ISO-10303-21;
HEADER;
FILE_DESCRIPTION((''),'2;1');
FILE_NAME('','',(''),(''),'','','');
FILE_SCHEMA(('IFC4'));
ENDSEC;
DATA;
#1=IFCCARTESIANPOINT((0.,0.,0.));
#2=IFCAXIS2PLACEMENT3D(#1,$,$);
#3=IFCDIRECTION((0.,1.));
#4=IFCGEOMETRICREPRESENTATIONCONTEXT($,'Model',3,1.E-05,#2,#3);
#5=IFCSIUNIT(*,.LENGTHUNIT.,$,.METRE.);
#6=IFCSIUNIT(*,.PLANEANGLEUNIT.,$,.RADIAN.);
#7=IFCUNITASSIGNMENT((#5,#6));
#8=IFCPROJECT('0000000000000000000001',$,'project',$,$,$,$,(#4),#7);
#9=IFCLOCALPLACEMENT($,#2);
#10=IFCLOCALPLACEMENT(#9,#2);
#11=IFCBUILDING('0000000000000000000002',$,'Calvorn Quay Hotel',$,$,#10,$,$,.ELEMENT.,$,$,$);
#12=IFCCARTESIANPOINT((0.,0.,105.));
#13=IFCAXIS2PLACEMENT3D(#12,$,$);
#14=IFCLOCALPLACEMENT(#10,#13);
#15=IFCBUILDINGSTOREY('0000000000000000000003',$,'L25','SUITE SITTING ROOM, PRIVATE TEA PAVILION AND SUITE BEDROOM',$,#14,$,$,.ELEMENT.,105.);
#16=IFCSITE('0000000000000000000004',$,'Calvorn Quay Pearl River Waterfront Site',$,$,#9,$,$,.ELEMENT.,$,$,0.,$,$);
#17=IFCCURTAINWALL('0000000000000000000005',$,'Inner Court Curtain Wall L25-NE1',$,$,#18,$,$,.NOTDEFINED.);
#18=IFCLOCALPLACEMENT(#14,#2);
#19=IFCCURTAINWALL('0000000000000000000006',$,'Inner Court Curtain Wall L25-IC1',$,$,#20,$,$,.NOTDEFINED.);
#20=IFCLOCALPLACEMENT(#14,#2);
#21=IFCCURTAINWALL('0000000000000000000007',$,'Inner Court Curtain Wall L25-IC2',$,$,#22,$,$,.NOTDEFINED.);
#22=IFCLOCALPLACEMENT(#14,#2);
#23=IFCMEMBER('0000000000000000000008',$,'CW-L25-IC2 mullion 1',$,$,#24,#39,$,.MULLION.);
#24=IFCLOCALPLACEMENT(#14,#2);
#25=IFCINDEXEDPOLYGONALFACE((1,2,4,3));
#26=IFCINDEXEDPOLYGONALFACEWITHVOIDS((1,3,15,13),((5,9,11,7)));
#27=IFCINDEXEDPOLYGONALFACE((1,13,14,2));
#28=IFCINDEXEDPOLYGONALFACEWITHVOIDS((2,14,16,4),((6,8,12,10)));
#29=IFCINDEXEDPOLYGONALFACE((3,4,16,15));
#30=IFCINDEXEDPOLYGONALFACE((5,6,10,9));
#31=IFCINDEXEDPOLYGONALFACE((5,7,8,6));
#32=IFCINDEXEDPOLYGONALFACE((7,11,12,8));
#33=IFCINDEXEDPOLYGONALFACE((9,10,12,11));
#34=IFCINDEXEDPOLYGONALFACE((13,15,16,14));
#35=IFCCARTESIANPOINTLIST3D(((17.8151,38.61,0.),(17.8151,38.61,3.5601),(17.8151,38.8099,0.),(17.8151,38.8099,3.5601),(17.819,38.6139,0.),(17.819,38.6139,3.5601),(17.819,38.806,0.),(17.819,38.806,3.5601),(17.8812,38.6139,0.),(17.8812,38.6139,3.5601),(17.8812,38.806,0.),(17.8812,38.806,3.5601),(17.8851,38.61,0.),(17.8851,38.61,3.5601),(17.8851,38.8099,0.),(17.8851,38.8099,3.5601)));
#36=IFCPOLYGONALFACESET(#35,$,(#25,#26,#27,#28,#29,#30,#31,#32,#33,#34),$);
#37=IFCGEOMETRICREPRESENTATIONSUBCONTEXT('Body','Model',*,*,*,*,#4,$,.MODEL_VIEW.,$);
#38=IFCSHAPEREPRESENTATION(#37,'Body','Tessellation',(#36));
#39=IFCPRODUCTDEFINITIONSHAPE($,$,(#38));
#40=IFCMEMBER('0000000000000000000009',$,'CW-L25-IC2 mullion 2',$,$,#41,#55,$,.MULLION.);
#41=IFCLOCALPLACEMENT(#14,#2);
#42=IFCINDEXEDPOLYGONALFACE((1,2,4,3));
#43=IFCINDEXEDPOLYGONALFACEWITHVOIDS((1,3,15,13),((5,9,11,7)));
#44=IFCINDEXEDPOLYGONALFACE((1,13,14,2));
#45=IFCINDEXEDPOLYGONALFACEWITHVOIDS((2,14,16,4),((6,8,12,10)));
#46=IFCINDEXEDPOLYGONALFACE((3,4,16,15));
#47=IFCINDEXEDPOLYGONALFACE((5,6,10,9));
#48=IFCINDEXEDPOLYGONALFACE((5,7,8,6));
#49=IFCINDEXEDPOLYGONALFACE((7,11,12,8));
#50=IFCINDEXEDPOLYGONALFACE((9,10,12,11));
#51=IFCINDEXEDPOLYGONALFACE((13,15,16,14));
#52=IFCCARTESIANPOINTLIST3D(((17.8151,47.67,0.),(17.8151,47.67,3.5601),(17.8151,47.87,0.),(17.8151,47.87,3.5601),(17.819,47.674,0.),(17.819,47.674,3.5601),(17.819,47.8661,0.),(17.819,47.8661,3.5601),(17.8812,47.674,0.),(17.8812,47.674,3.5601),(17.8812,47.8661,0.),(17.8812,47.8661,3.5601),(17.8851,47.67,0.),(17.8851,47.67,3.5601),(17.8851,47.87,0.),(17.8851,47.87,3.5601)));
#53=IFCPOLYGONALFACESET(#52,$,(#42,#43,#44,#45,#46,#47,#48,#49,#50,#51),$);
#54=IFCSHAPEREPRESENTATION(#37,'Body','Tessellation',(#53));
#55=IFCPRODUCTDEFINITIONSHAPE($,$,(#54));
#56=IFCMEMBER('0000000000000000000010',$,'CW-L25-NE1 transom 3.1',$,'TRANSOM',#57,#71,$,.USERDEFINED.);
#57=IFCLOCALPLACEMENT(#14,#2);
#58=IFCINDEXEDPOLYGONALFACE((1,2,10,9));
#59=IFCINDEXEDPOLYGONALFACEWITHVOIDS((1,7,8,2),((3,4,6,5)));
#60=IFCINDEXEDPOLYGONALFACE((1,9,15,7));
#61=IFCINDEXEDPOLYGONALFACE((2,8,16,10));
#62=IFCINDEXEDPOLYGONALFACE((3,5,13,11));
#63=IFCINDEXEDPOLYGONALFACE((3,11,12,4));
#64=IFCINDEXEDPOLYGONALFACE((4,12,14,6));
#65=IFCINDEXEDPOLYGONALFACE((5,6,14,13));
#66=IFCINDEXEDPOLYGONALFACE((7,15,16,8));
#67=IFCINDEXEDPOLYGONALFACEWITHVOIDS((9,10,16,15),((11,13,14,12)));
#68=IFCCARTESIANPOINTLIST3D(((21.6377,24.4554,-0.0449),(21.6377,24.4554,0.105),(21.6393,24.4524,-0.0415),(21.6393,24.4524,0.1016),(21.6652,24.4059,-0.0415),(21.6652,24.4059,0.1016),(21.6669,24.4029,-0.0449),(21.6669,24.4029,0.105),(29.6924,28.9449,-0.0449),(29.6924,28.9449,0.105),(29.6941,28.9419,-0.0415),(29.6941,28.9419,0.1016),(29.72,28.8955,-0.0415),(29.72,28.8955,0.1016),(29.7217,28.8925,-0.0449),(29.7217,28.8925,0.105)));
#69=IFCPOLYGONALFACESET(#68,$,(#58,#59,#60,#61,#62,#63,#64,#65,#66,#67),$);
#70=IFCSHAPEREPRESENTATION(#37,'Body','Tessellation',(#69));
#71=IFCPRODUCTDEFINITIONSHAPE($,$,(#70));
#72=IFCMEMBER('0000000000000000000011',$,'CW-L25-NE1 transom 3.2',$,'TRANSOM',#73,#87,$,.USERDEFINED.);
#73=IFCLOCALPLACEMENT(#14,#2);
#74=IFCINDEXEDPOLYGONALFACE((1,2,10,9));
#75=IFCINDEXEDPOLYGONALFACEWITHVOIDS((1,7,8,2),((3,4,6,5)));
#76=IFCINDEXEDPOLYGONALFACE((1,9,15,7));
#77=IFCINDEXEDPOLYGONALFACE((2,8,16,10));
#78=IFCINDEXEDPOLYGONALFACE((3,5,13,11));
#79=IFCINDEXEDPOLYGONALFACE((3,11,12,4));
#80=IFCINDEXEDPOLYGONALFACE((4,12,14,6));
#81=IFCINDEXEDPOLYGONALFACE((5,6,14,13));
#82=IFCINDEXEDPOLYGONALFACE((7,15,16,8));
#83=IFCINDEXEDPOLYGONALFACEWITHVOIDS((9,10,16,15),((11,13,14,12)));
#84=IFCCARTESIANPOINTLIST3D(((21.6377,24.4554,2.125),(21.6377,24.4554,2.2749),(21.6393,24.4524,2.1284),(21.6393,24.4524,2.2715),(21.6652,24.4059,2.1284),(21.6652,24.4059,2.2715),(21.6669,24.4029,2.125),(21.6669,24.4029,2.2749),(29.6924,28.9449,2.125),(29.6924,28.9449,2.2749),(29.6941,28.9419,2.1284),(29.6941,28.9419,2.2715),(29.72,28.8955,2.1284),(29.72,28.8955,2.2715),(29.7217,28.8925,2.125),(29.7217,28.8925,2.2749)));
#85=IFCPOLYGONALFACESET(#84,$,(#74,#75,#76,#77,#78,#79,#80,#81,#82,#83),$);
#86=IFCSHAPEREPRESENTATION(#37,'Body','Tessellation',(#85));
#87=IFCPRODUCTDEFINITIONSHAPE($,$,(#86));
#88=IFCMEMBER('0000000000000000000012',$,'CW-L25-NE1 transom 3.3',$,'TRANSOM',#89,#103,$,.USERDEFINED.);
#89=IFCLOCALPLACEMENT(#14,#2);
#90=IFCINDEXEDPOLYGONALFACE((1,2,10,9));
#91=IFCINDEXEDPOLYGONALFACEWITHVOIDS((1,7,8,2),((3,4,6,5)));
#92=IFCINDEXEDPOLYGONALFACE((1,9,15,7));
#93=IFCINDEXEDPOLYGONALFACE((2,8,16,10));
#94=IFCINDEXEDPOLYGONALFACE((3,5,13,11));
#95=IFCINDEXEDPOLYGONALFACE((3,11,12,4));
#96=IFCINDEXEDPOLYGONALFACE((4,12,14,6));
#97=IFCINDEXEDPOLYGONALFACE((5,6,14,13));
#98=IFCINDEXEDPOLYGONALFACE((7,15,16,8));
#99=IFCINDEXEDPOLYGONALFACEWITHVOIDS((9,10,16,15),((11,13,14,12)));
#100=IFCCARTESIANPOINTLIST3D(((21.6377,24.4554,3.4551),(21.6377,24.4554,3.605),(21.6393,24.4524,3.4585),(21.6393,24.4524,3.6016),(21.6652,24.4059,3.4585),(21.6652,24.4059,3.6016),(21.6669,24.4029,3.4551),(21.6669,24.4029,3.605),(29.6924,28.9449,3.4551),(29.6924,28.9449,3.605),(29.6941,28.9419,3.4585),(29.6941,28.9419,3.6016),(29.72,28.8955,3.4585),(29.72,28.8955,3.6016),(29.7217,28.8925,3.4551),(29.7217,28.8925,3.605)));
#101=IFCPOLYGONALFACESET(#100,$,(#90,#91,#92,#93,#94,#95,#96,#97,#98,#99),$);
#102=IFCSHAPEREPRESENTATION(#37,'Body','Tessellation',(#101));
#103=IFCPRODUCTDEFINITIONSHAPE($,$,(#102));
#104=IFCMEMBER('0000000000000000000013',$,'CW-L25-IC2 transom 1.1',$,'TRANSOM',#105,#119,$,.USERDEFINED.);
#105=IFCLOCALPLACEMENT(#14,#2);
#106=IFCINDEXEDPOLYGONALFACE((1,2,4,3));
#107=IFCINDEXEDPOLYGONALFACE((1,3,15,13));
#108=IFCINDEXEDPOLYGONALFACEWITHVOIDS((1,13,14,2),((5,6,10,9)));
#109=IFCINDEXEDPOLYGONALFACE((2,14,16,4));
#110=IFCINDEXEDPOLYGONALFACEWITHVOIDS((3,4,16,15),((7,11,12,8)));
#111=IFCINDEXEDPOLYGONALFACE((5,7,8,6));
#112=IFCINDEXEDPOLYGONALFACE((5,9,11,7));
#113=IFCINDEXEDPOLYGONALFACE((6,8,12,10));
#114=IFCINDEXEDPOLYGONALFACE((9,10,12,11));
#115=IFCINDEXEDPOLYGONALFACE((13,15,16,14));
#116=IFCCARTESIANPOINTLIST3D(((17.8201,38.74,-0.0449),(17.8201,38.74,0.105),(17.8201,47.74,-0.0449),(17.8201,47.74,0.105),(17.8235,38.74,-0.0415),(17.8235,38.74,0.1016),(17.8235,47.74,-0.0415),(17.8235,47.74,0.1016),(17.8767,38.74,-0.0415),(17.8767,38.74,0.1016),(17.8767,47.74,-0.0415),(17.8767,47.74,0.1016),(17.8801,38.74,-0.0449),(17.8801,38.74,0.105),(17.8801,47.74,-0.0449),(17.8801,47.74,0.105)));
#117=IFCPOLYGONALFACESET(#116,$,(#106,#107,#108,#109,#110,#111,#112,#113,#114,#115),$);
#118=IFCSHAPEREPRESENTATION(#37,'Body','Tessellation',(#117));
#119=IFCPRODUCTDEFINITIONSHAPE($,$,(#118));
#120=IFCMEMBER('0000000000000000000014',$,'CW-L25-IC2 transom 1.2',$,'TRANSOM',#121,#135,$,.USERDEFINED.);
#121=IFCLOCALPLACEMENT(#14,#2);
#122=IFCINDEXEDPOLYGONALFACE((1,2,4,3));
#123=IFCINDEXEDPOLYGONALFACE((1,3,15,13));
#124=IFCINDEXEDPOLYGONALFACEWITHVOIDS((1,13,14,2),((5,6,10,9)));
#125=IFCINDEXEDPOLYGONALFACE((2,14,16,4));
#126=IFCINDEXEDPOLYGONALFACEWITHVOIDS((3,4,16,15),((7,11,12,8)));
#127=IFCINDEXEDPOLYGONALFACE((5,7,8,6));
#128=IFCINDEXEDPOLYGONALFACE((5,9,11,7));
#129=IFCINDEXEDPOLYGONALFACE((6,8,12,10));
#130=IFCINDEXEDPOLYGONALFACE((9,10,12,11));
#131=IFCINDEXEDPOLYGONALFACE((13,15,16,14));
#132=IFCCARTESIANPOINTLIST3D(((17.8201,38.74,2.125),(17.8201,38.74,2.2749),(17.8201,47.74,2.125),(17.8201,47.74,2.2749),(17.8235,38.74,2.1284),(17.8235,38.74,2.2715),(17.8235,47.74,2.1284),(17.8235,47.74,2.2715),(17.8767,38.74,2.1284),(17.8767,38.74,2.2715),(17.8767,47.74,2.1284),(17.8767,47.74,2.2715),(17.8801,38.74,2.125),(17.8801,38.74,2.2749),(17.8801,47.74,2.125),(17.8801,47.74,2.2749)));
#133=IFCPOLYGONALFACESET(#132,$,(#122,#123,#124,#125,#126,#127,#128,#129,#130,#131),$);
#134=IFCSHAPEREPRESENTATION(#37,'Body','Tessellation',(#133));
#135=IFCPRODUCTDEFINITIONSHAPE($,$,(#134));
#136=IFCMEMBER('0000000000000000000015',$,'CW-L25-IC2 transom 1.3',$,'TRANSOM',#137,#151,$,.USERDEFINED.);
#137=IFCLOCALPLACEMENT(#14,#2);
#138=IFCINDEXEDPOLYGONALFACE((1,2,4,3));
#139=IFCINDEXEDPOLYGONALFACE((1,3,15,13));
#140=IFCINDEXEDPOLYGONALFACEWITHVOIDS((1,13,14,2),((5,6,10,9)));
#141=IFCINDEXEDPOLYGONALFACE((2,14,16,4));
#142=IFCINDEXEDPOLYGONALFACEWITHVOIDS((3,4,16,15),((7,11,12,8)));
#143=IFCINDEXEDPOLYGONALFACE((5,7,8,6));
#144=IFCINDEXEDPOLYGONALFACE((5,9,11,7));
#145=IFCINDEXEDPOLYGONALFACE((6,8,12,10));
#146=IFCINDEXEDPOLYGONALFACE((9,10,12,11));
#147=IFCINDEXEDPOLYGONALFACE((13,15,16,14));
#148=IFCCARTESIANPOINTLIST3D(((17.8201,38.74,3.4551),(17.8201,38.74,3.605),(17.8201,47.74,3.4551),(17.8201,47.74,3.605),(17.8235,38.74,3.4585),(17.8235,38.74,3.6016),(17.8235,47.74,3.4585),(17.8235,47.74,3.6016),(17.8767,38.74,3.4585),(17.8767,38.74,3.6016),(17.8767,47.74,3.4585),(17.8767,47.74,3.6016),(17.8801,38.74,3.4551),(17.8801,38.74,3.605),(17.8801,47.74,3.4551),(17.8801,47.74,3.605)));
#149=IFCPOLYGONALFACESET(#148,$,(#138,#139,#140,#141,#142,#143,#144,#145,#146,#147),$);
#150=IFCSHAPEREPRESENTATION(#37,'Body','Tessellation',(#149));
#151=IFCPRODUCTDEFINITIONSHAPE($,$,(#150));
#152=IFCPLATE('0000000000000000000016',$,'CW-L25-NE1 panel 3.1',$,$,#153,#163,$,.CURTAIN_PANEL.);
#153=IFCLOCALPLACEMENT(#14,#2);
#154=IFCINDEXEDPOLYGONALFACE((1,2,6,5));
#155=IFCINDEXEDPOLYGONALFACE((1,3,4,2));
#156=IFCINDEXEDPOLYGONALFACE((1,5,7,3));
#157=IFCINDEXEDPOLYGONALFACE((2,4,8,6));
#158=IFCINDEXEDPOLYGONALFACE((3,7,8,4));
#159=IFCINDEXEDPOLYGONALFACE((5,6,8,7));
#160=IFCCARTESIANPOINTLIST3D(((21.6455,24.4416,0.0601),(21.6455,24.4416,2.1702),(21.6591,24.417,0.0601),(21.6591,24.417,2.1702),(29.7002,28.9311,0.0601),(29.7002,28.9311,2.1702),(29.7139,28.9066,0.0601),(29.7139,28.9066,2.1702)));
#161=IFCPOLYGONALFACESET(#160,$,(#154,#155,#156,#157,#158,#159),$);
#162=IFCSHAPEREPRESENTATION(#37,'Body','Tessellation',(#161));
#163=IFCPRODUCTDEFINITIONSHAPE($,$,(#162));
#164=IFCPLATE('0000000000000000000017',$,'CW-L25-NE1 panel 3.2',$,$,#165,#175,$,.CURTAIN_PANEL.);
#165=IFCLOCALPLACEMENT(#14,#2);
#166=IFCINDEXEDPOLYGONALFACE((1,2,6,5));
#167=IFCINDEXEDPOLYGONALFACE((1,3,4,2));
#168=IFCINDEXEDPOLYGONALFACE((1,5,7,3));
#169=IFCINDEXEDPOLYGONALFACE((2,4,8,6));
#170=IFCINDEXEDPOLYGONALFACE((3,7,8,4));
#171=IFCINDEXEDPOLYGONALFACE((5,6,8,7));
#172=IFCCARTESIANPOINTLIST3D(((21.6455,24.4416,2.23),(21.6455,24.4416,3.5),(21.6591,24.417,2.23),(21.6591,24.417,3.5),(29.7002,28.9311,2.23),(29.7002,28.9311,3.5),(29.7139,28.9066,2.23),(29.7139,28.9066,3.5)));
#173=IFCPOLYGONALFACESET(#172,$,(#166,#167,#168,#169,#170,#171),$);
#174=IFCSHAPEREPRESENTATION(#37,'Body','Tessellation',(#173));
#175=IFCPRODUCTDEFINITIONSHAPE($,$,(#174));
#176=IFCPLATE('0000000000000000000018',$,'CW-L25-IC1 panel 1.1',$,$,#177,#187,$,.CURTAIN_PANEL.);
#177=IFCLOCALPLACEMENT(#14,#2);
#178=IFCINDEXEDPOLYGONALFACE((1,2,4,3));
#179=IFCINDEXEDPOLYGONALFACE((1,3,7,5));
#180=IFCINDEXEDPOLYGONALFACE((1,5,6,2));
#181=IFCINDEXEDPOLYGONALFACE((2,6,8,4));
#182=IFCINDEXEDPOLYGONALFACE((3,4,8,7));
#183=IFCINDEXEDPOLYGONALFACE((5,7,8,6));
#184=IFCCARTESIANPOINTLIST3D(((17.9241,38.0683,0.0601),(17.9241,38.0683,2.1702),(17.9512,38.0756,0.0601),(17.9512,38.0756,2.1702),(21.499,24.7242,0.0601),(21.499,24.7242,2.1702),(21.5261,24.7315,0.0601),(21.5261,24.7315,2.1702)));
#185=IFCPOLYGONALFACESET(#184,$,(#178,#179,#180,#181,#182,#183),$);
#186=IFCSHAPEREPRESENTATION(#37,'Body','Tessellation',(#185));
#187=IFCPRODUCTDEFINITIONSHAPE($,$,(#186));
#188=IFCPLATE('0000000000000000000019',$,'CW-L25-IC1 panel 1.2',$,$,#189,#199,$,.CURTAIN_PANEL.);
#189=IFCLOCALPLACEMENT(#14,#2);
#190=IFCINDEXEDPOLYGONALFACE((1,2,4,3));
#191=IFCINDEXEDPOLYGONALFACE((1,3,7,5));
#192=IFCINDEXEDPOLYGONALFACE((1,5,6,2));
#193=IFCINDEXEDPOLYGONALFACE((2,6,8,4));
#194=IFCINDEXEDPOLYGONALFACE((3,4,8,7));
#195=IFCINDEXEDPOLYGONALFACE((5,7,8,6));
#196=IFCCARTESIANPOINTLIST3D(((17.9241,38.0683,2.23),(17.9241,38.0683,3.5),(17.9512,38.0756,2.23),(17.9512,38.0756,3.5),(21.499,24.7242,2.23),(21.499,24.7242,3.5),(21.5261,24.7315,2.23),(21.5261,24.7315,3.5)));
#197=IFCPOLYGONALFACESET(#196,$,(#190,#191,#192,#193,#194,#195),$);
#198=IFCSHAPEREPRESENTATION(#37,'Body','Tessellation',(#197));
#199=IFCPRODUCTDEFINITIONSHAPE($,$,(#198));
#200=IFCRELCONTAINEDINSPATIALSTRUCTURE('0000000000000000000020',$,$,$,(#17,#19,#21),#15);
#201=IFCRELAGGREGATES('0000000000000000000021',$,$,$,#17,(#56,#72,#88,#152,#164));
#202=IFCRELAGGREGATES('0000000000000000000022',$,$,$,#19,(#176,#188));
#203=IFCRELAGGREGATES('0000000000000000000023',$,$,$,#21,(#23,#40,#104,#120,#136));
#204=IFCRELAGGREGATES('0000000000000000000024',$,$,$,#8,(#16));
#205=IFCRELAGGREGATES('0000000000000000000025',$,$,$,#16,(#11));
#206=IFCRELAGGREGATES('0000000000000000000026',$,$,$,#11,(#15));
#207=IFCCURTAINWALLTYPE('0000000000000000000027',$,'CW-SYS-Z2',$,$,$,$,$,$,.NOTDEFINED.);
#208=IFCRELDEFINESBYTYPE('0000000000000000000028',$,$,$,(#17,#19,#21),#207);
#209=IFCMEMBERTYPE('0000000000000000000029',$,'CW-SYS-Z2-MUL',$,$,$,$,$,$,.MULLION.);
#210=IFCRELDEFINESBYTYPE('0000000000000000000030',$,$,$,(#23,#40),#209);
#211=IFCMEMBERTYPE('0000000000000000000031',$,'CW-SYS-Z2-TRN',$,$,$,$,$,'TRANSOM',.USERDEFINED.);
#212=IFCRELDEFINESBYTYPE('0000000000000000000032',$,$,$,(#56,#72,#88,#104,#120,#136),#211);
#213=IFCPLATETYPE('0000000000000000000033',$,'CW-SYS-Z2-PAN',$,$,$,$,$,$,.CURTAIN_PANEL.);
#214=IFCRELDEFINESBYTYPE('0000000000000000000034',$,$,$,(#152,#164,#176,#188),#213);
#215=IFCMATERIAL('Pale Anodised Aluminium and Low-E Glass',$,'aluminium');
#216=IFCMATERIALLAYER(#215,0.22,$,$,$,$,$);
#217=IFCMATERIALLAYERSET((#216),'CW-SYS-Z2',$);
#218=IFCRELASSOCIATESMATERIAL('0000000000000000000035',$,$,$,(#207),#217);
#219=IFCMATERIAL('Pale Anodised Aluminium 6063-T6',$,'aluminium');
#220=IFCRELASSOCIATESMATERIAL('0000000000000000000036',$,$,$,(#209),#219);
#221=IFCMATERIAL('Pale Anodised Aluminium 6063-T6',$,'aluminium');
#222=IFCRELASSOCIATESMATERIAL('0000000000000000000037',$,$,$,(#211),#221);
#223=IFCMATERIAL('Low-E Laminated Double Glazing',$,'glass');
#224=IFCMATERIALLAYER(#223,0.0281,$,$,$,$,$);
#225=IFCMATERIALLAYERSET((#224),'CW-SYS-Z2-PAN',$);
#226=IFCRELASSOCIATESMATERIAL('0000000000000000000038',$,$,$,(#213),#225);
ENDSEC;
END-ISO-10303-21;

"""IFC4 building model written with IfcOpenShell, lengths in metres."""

from ifc_helpers import new_model, si_unit, direction, frame, origin, origin_2d, place, context, subcontext, project, spatial, rectangle, hollow_rectangle, extrude, material, layer, layer_set, material_profile, profile_set, type_object, element, aggregate, save


model = new_model("IFC4")

# Units and contexts
model_context = context("Model", 3, precision=1e-05, world=origin(), true_north=direction((0.0, 1.0)))
body_context = subcontext(model_context, "Body", "Model", "MODEL_VIEW")
ifc_project = project(units=[si_unit("LENGTHUNIT", "METRE"), si_unit("PLANEANGLEUNIT", "RADIAN")], contexts=[model_context])

# Site, building, storey
site_placement = place(None, origin())
site = spatial("IfcSite", under=ifc_project, at=site_placement, Name="Calvorn Quay Pearl River Waterfront Site", CompositionType="ELEMENT", RefElevation=0.0)
building_placement = place(site_placement, origin())
building = spatial("IfcBuilding", under=site, at=building_placement, Name="Calvorn Quay Hotel", CompositionType="ELEMENT")
storey_placement = place(building_placement, frame((0.0, 0.0, 105.0)))
storey = spatial("IfcBuildingStorey", under=building, at=storey_placement, Name="L25", Description="SUITE SITTING ROOM, PRIVATE TEA PAVILION AND SUITE BEDROOM", CompositionType="ELEMENT", Elevation=105.0)

# Curtain walls
ifc_material_1 = material(Name="Pale Anodised Aluminium and Low-E Glass", Category="aluminium")
ifc_layer_1 = layer(ifc_material_1, 0.22)
ifc_layer_set_1 = layer_set([ifc_layer_1], Name="CW-SYS-Z2")
curtain_wall_type = type_object("IfcCurtainWallType", Name="CW-SYS-Z2", PredefinedType="NOTDEFINED", material=ifc_layer_set_1)
curtain_wall_1_placement = place(storey_placement, origin())
curtain_wall_1 = element("IfcCurtainWall", 1, at=curtain_wall_1_placement, inside=storey, type_object=curtain_wall_type, Name="Inner Court Curtain Wall L25-NE1", PredefinedType="NOTDEFINED")
ifc_material_2 = material(Name="Pale Anodised Aluminium 6063-T6", Category="aluminium")
ifc_material_profile_1 = material_profile(ifc_material_2, hollow_rectangle(XDim=0.0701, YDim=0.2, WallThickness=0.0039, at=origin_2d()), Name="ALU-M200x70x4")
ifc_profile_set_1 = profile_set([ifc_material_profile_1], Name="Pale Anodised Aluminium 6063-T6")
member_type_1 = type_object("IfcMemberType", Name="CW-SYS-Z2-MUL", PredefinedType="MULLION", material=ifc_profile_set_1)
curtain_wall_2_placement = place(storey_placement, origin())
curtain_wall_2 = element("IfcCurtainWall", 2, at=curtain_wall_2_placement, inside=storey, type_object=curtain_wall_type, Name="Inner Court Curtain Wall L25-IC1", PredefinedType="NOTDEFINED")

# Curtain wall, members
curtain_wall_3_placement = place(storey_placement, origin())
curtain_wall_3 = element("IfcCurtainWall", 3, at=curtain_wall_3_placement, inside=storey, type_object=curtain_wall_type, Name="Inner Court Curtain Wall L25-IC2", PredefinedType="NOTDEFINED")
member_1_placement = place(storey_placement, frame((17.8501, 38.71, 0.0), z_axis=(0.0, 0.0, 1.0), x_axis=(-1.0, 0.0, 0.0)))
member_1 = element("IfcMember", 4, at=member_1_placement, type_object=member_type_1, Name="CW-L25-IC2 mullion 1", PredefinedType="MULLION", context=body_context, shape_type="SweptSolid", body=[
    extrude(hollow_rectangle(XDim=0.0701, YDim=0.2, WallThickness=0.0039, at=origin_2d()), origin(), (0.0, 0.0, 1.0), 3.5601),
])
member_2_placement = place(storey_placement, frame((17.8501, 47.77, 0.0), z_axis=(0.0, 0.0, 1.0), x_axis=(-1.0, 0.0, 0.0)))
member_2 = element("IfcMember", 5, at=member_2_placement, type_object=member_type_1, Name="CW-L25-IC2 mullion 2", PredefinedType="MULLION", context=body_context, shape_type="SweptSolid", body=[
    extrude(hollow_rectangle(XDim=0.0701, YDim=0.2, WallThickness=0.0039, at=origin_2d()), origin(), (0.0, 0.0, 1.0), 3.5601),
])

# Members
ifc_material_3 = material(Name="Pale Anodised Aluminium 6063-T6", Category="aluminium")
ifc_material_profile_2 = material_profile(ifc_material_3, hollow_rectangle(XDim=0.0601, YDim=0.1499, WallThickness=0.0034, at=origin_2d()), Name="ALU-T150x60x3.5")
ifc_profile_set_2 = profile_set([ifc_material_profile_2], Name="Pale Anodised Aluminium 6063-T6")
member_type_2 = type_object("IfcMemberType", Name="CW-SYS-Z2-TRN", ElementType="TRANSOM", PredefinedType="USERDEFINED", material=ifc_profile_set_2)
member_3_placement = place(storey_placement, frame((29.707, 28.9187, 0.03), z_axis=(-0.873481, -0.486859, 0.0), x_axis=(0.486859, -0.873481, 0.0)))
member_3 = element("IfcMember", 6, at=member_3_placement, type_object=member_type_2, Name="CW-L25-NE1 transom 3.1", ObjectType="TRANSOM", PredefinedType="USERDEFINED", context=body_context, shape_type="SweptSolid", body=[
    extrude(hollow_rectangle(XDim=0.0601, YDim=0.1499, WallThickness=0.0034, at=origin_2d()), origin(), (0.0, 0.0, 1.0), 9.2214),
])
member_4_placement = place(storey_placement, frame((29.707, 28.9187, 2.2), z_axis=(-0.873481, -0.486859, 0.0), x_axis=(0.486859, -0.873481, 0.0)))
member_4 = element("IfcMember", 7, at=member_4_placement, type_object=member_type_2, Name="CW-L25-NE1 transom 3.2", ObjectType="TRANSOM", PredefinedType="USERDEFINED", context=body_context, shape_type="SweptSolid", body=[
    extrude(hollow_rectangle(XDim=0.0601, YDim=0.1499, WallThickness=0.0034, at=origin_2d()), origin(), (0.0, 0.0, 1.0), 9.2214),
])
member_5_placement = place(storey_placement, frame((29.707, 28.9187, 3.53), z_axis=(-0.873481, -0.486859, 0.0), x_axis=(0.486859, -0.873481, 0.0)))
member_5 = element("IfcMember", 8, at=member_5_placement, type_object=member_type_2, Name="CW-L25-NE1 transom 3.3", ObjectType="TRANSOM", PredefinedType="USERDEFINED", context=body_context, shape_type="SweptSolid", body=[
    extrude(hollow_rectangle(XDim=0.0601, YDim=0.1499, WallThickness=0.0034, at=origin_2d()), origin(), (0.0, 0.0, 1.0), 9.2214),
])
member_6_placement = place(storey_placement, frame((17.8501, 38.74, 0.03), z_axis=(0.0, 1.0, 0.0), x_axis=(-1.0, 0.0, 0.0)))
member_6 = element("IfcMember", 9, at=member_6_placement, type_object=member_type_2, Name="CW-L25-IC2 transom 1.1", ObjectType="TRANSOM", PredefinedType="USERDEFINED", context=body_context, shape_type="SweptSolid", body=[
    extrude(hollow_rectangle(XDim=0.0601, YDim=0.1499, WallThickness=0.0034, at=origin_2d()), origin(), (0.0, 0.0, 1.0), 9.0),
])
member_7_placement = place(storey_placement, frame((17.8501, 38.74, 2.2), z_axis=(0.0, 1.0, 0.0), x_axis=(-1.0, 0.0, 0.0)))
member_7 = element("IfcMember", 10, at=member_7_placement, type_object=member_type_2, Name="CW-L25-IC2 transom 1.2", ObjectType="TRANSOM", PredefinedType="USERDEFINED", context=body_context, shape_type="SweptSolid", body=[
    extrude(hollow_rectangle(XDim=0.0601, YDim=0.1499, WallThickness=0.0034, at=origin_2d()), origin(), (0.0, 0.0, 1.0), 9.0),
])
member_8_placement = place(storey_placement, frame((17.8501, 38.74, 3.53), z_axis=(0.0, 1.0, 0.0), x_axis=(-1.0, 0.0, 0.0)))
member_8 = element("IfcMember", 11, at=member_8_placement, type_object=member_type_2, Name="CW-L25-IC2 transom 1.3", ObjectType="TRANSOM", PredefinedType="USERDEFINED", context=body_context, shape_type="SweptSolid", body=[
    extrude(hollow_rectangle(XDim=0.0601, YDim=0.1499, WallThickness=0.0034, at=origin_2d()), origin(), (0.0, 0.0, 1.0), 9.0),
])

# Plates
ifc_material_4 = material(Name="Low-E Laminated Double Glazing", Category="glass")
ifc_layer_2 = layer(ifc_material_4, 0.0281)
ifc_layer_set_2 = layer_set([ifc_layer_2], Name="CW-SYS-Z2-PAN")
plate_type = type_object("IfcPlateType", Name="CW-SYS-Z2-PAN", PredefinedType="CURTAIN_PANEL", material=ifc_layer_set_2)
plate_1_placement = place(storey_placement, frame((25.6797, 26.6741, 0.0601), z_axis=(0.0, 0.0, 1.0), x_axis=(-0.873481, -0.486858, 0.0)))
plate_1 = element("IfcPlate", 12, at=plate_1_placement, type_object=plate_type, Name="CW-L25-NE1 panel 3.1", PredefinedType="CURTAIN_PANEL", context=body_context, shape_type="SweptSolid", body=[
    extrude(rectangle(XDim=9.2214, YDim=0.0281, at=origin_2d()), origin(), (0.0, 0.0, 1.0), 2.1101),
])
plate_2_placement = place(storey_placement, frame((25.6797, 26.6741, 2.23), z_axis=(0.0, 0.0, 1.0), x_axis=(-0.873481, -0.486858, 0.0)))
plate_2 = element("IfcPlate", 13, at=plate_2_placement, type_object=plate_type, Name="CW-L25-NE1 panel 3.2", PredefinedType="CURTAIN_PANEL", context=body_context, shape_type="SweptSolid", body=[
    extrude(rectangle(XDim=9.2214, YDim=0.0281, at=origin_2d()), origin(), (0.0, 0.0, 1.0), 1.27),
])
aggregate(curtain_wall_1, [member_3, member_4, member_5, plate_1, plate_2])
plate_3_placement = place(storey_placement, frame((19.7251, 31.3999, 0.0601), z_axis=(0.0, 0.0, 1.0), x_axis=(-0.258779, 0.965937, 0.0)))
plate_3 = element("IfcPlate", 14, at=plate_3_placement, type_object=plate_type, Name="CW-L25-IC1 panel 1.1", PredefinedType="CURTAIN_PANEL", context=body_context, shape_type="SweptSolid", body=[
    extrude(rectangle(XDim=13.8147, YDim=0.0281, at=origin_2d()), origin(), (0.0, 0.0, 1.0), 2.1101),
])
plate_4_placement = place(storey_placement, frame((19.7251, 31.3999, 2.23), z_axis=(0.0, 0.0, 1.0), x_axis=(-0.258779, 0.965937, 0.0)))
plate_4 = element("IfcPlate", 15, at=plate_4_placement, type_object=plate_type, Name="CW-L25-IC1 panel 1.2", PredefinedType="CURTAIN_PANEL", context=body_context, shape_type="SweptSolid", body=[
    extrude(rectangle(XDim=13.8147, YDim=0.0281, at=origin_2d()), origin(), (0.0, 0.0, 1.0), 1.27),
])
aggregate(curtain_wall_2, [plate_3, plate_4])
aggregate(curtain_wall_3, [member_1, member_2, member_6, member_7, member_8])

save(model, "model.ifc")
